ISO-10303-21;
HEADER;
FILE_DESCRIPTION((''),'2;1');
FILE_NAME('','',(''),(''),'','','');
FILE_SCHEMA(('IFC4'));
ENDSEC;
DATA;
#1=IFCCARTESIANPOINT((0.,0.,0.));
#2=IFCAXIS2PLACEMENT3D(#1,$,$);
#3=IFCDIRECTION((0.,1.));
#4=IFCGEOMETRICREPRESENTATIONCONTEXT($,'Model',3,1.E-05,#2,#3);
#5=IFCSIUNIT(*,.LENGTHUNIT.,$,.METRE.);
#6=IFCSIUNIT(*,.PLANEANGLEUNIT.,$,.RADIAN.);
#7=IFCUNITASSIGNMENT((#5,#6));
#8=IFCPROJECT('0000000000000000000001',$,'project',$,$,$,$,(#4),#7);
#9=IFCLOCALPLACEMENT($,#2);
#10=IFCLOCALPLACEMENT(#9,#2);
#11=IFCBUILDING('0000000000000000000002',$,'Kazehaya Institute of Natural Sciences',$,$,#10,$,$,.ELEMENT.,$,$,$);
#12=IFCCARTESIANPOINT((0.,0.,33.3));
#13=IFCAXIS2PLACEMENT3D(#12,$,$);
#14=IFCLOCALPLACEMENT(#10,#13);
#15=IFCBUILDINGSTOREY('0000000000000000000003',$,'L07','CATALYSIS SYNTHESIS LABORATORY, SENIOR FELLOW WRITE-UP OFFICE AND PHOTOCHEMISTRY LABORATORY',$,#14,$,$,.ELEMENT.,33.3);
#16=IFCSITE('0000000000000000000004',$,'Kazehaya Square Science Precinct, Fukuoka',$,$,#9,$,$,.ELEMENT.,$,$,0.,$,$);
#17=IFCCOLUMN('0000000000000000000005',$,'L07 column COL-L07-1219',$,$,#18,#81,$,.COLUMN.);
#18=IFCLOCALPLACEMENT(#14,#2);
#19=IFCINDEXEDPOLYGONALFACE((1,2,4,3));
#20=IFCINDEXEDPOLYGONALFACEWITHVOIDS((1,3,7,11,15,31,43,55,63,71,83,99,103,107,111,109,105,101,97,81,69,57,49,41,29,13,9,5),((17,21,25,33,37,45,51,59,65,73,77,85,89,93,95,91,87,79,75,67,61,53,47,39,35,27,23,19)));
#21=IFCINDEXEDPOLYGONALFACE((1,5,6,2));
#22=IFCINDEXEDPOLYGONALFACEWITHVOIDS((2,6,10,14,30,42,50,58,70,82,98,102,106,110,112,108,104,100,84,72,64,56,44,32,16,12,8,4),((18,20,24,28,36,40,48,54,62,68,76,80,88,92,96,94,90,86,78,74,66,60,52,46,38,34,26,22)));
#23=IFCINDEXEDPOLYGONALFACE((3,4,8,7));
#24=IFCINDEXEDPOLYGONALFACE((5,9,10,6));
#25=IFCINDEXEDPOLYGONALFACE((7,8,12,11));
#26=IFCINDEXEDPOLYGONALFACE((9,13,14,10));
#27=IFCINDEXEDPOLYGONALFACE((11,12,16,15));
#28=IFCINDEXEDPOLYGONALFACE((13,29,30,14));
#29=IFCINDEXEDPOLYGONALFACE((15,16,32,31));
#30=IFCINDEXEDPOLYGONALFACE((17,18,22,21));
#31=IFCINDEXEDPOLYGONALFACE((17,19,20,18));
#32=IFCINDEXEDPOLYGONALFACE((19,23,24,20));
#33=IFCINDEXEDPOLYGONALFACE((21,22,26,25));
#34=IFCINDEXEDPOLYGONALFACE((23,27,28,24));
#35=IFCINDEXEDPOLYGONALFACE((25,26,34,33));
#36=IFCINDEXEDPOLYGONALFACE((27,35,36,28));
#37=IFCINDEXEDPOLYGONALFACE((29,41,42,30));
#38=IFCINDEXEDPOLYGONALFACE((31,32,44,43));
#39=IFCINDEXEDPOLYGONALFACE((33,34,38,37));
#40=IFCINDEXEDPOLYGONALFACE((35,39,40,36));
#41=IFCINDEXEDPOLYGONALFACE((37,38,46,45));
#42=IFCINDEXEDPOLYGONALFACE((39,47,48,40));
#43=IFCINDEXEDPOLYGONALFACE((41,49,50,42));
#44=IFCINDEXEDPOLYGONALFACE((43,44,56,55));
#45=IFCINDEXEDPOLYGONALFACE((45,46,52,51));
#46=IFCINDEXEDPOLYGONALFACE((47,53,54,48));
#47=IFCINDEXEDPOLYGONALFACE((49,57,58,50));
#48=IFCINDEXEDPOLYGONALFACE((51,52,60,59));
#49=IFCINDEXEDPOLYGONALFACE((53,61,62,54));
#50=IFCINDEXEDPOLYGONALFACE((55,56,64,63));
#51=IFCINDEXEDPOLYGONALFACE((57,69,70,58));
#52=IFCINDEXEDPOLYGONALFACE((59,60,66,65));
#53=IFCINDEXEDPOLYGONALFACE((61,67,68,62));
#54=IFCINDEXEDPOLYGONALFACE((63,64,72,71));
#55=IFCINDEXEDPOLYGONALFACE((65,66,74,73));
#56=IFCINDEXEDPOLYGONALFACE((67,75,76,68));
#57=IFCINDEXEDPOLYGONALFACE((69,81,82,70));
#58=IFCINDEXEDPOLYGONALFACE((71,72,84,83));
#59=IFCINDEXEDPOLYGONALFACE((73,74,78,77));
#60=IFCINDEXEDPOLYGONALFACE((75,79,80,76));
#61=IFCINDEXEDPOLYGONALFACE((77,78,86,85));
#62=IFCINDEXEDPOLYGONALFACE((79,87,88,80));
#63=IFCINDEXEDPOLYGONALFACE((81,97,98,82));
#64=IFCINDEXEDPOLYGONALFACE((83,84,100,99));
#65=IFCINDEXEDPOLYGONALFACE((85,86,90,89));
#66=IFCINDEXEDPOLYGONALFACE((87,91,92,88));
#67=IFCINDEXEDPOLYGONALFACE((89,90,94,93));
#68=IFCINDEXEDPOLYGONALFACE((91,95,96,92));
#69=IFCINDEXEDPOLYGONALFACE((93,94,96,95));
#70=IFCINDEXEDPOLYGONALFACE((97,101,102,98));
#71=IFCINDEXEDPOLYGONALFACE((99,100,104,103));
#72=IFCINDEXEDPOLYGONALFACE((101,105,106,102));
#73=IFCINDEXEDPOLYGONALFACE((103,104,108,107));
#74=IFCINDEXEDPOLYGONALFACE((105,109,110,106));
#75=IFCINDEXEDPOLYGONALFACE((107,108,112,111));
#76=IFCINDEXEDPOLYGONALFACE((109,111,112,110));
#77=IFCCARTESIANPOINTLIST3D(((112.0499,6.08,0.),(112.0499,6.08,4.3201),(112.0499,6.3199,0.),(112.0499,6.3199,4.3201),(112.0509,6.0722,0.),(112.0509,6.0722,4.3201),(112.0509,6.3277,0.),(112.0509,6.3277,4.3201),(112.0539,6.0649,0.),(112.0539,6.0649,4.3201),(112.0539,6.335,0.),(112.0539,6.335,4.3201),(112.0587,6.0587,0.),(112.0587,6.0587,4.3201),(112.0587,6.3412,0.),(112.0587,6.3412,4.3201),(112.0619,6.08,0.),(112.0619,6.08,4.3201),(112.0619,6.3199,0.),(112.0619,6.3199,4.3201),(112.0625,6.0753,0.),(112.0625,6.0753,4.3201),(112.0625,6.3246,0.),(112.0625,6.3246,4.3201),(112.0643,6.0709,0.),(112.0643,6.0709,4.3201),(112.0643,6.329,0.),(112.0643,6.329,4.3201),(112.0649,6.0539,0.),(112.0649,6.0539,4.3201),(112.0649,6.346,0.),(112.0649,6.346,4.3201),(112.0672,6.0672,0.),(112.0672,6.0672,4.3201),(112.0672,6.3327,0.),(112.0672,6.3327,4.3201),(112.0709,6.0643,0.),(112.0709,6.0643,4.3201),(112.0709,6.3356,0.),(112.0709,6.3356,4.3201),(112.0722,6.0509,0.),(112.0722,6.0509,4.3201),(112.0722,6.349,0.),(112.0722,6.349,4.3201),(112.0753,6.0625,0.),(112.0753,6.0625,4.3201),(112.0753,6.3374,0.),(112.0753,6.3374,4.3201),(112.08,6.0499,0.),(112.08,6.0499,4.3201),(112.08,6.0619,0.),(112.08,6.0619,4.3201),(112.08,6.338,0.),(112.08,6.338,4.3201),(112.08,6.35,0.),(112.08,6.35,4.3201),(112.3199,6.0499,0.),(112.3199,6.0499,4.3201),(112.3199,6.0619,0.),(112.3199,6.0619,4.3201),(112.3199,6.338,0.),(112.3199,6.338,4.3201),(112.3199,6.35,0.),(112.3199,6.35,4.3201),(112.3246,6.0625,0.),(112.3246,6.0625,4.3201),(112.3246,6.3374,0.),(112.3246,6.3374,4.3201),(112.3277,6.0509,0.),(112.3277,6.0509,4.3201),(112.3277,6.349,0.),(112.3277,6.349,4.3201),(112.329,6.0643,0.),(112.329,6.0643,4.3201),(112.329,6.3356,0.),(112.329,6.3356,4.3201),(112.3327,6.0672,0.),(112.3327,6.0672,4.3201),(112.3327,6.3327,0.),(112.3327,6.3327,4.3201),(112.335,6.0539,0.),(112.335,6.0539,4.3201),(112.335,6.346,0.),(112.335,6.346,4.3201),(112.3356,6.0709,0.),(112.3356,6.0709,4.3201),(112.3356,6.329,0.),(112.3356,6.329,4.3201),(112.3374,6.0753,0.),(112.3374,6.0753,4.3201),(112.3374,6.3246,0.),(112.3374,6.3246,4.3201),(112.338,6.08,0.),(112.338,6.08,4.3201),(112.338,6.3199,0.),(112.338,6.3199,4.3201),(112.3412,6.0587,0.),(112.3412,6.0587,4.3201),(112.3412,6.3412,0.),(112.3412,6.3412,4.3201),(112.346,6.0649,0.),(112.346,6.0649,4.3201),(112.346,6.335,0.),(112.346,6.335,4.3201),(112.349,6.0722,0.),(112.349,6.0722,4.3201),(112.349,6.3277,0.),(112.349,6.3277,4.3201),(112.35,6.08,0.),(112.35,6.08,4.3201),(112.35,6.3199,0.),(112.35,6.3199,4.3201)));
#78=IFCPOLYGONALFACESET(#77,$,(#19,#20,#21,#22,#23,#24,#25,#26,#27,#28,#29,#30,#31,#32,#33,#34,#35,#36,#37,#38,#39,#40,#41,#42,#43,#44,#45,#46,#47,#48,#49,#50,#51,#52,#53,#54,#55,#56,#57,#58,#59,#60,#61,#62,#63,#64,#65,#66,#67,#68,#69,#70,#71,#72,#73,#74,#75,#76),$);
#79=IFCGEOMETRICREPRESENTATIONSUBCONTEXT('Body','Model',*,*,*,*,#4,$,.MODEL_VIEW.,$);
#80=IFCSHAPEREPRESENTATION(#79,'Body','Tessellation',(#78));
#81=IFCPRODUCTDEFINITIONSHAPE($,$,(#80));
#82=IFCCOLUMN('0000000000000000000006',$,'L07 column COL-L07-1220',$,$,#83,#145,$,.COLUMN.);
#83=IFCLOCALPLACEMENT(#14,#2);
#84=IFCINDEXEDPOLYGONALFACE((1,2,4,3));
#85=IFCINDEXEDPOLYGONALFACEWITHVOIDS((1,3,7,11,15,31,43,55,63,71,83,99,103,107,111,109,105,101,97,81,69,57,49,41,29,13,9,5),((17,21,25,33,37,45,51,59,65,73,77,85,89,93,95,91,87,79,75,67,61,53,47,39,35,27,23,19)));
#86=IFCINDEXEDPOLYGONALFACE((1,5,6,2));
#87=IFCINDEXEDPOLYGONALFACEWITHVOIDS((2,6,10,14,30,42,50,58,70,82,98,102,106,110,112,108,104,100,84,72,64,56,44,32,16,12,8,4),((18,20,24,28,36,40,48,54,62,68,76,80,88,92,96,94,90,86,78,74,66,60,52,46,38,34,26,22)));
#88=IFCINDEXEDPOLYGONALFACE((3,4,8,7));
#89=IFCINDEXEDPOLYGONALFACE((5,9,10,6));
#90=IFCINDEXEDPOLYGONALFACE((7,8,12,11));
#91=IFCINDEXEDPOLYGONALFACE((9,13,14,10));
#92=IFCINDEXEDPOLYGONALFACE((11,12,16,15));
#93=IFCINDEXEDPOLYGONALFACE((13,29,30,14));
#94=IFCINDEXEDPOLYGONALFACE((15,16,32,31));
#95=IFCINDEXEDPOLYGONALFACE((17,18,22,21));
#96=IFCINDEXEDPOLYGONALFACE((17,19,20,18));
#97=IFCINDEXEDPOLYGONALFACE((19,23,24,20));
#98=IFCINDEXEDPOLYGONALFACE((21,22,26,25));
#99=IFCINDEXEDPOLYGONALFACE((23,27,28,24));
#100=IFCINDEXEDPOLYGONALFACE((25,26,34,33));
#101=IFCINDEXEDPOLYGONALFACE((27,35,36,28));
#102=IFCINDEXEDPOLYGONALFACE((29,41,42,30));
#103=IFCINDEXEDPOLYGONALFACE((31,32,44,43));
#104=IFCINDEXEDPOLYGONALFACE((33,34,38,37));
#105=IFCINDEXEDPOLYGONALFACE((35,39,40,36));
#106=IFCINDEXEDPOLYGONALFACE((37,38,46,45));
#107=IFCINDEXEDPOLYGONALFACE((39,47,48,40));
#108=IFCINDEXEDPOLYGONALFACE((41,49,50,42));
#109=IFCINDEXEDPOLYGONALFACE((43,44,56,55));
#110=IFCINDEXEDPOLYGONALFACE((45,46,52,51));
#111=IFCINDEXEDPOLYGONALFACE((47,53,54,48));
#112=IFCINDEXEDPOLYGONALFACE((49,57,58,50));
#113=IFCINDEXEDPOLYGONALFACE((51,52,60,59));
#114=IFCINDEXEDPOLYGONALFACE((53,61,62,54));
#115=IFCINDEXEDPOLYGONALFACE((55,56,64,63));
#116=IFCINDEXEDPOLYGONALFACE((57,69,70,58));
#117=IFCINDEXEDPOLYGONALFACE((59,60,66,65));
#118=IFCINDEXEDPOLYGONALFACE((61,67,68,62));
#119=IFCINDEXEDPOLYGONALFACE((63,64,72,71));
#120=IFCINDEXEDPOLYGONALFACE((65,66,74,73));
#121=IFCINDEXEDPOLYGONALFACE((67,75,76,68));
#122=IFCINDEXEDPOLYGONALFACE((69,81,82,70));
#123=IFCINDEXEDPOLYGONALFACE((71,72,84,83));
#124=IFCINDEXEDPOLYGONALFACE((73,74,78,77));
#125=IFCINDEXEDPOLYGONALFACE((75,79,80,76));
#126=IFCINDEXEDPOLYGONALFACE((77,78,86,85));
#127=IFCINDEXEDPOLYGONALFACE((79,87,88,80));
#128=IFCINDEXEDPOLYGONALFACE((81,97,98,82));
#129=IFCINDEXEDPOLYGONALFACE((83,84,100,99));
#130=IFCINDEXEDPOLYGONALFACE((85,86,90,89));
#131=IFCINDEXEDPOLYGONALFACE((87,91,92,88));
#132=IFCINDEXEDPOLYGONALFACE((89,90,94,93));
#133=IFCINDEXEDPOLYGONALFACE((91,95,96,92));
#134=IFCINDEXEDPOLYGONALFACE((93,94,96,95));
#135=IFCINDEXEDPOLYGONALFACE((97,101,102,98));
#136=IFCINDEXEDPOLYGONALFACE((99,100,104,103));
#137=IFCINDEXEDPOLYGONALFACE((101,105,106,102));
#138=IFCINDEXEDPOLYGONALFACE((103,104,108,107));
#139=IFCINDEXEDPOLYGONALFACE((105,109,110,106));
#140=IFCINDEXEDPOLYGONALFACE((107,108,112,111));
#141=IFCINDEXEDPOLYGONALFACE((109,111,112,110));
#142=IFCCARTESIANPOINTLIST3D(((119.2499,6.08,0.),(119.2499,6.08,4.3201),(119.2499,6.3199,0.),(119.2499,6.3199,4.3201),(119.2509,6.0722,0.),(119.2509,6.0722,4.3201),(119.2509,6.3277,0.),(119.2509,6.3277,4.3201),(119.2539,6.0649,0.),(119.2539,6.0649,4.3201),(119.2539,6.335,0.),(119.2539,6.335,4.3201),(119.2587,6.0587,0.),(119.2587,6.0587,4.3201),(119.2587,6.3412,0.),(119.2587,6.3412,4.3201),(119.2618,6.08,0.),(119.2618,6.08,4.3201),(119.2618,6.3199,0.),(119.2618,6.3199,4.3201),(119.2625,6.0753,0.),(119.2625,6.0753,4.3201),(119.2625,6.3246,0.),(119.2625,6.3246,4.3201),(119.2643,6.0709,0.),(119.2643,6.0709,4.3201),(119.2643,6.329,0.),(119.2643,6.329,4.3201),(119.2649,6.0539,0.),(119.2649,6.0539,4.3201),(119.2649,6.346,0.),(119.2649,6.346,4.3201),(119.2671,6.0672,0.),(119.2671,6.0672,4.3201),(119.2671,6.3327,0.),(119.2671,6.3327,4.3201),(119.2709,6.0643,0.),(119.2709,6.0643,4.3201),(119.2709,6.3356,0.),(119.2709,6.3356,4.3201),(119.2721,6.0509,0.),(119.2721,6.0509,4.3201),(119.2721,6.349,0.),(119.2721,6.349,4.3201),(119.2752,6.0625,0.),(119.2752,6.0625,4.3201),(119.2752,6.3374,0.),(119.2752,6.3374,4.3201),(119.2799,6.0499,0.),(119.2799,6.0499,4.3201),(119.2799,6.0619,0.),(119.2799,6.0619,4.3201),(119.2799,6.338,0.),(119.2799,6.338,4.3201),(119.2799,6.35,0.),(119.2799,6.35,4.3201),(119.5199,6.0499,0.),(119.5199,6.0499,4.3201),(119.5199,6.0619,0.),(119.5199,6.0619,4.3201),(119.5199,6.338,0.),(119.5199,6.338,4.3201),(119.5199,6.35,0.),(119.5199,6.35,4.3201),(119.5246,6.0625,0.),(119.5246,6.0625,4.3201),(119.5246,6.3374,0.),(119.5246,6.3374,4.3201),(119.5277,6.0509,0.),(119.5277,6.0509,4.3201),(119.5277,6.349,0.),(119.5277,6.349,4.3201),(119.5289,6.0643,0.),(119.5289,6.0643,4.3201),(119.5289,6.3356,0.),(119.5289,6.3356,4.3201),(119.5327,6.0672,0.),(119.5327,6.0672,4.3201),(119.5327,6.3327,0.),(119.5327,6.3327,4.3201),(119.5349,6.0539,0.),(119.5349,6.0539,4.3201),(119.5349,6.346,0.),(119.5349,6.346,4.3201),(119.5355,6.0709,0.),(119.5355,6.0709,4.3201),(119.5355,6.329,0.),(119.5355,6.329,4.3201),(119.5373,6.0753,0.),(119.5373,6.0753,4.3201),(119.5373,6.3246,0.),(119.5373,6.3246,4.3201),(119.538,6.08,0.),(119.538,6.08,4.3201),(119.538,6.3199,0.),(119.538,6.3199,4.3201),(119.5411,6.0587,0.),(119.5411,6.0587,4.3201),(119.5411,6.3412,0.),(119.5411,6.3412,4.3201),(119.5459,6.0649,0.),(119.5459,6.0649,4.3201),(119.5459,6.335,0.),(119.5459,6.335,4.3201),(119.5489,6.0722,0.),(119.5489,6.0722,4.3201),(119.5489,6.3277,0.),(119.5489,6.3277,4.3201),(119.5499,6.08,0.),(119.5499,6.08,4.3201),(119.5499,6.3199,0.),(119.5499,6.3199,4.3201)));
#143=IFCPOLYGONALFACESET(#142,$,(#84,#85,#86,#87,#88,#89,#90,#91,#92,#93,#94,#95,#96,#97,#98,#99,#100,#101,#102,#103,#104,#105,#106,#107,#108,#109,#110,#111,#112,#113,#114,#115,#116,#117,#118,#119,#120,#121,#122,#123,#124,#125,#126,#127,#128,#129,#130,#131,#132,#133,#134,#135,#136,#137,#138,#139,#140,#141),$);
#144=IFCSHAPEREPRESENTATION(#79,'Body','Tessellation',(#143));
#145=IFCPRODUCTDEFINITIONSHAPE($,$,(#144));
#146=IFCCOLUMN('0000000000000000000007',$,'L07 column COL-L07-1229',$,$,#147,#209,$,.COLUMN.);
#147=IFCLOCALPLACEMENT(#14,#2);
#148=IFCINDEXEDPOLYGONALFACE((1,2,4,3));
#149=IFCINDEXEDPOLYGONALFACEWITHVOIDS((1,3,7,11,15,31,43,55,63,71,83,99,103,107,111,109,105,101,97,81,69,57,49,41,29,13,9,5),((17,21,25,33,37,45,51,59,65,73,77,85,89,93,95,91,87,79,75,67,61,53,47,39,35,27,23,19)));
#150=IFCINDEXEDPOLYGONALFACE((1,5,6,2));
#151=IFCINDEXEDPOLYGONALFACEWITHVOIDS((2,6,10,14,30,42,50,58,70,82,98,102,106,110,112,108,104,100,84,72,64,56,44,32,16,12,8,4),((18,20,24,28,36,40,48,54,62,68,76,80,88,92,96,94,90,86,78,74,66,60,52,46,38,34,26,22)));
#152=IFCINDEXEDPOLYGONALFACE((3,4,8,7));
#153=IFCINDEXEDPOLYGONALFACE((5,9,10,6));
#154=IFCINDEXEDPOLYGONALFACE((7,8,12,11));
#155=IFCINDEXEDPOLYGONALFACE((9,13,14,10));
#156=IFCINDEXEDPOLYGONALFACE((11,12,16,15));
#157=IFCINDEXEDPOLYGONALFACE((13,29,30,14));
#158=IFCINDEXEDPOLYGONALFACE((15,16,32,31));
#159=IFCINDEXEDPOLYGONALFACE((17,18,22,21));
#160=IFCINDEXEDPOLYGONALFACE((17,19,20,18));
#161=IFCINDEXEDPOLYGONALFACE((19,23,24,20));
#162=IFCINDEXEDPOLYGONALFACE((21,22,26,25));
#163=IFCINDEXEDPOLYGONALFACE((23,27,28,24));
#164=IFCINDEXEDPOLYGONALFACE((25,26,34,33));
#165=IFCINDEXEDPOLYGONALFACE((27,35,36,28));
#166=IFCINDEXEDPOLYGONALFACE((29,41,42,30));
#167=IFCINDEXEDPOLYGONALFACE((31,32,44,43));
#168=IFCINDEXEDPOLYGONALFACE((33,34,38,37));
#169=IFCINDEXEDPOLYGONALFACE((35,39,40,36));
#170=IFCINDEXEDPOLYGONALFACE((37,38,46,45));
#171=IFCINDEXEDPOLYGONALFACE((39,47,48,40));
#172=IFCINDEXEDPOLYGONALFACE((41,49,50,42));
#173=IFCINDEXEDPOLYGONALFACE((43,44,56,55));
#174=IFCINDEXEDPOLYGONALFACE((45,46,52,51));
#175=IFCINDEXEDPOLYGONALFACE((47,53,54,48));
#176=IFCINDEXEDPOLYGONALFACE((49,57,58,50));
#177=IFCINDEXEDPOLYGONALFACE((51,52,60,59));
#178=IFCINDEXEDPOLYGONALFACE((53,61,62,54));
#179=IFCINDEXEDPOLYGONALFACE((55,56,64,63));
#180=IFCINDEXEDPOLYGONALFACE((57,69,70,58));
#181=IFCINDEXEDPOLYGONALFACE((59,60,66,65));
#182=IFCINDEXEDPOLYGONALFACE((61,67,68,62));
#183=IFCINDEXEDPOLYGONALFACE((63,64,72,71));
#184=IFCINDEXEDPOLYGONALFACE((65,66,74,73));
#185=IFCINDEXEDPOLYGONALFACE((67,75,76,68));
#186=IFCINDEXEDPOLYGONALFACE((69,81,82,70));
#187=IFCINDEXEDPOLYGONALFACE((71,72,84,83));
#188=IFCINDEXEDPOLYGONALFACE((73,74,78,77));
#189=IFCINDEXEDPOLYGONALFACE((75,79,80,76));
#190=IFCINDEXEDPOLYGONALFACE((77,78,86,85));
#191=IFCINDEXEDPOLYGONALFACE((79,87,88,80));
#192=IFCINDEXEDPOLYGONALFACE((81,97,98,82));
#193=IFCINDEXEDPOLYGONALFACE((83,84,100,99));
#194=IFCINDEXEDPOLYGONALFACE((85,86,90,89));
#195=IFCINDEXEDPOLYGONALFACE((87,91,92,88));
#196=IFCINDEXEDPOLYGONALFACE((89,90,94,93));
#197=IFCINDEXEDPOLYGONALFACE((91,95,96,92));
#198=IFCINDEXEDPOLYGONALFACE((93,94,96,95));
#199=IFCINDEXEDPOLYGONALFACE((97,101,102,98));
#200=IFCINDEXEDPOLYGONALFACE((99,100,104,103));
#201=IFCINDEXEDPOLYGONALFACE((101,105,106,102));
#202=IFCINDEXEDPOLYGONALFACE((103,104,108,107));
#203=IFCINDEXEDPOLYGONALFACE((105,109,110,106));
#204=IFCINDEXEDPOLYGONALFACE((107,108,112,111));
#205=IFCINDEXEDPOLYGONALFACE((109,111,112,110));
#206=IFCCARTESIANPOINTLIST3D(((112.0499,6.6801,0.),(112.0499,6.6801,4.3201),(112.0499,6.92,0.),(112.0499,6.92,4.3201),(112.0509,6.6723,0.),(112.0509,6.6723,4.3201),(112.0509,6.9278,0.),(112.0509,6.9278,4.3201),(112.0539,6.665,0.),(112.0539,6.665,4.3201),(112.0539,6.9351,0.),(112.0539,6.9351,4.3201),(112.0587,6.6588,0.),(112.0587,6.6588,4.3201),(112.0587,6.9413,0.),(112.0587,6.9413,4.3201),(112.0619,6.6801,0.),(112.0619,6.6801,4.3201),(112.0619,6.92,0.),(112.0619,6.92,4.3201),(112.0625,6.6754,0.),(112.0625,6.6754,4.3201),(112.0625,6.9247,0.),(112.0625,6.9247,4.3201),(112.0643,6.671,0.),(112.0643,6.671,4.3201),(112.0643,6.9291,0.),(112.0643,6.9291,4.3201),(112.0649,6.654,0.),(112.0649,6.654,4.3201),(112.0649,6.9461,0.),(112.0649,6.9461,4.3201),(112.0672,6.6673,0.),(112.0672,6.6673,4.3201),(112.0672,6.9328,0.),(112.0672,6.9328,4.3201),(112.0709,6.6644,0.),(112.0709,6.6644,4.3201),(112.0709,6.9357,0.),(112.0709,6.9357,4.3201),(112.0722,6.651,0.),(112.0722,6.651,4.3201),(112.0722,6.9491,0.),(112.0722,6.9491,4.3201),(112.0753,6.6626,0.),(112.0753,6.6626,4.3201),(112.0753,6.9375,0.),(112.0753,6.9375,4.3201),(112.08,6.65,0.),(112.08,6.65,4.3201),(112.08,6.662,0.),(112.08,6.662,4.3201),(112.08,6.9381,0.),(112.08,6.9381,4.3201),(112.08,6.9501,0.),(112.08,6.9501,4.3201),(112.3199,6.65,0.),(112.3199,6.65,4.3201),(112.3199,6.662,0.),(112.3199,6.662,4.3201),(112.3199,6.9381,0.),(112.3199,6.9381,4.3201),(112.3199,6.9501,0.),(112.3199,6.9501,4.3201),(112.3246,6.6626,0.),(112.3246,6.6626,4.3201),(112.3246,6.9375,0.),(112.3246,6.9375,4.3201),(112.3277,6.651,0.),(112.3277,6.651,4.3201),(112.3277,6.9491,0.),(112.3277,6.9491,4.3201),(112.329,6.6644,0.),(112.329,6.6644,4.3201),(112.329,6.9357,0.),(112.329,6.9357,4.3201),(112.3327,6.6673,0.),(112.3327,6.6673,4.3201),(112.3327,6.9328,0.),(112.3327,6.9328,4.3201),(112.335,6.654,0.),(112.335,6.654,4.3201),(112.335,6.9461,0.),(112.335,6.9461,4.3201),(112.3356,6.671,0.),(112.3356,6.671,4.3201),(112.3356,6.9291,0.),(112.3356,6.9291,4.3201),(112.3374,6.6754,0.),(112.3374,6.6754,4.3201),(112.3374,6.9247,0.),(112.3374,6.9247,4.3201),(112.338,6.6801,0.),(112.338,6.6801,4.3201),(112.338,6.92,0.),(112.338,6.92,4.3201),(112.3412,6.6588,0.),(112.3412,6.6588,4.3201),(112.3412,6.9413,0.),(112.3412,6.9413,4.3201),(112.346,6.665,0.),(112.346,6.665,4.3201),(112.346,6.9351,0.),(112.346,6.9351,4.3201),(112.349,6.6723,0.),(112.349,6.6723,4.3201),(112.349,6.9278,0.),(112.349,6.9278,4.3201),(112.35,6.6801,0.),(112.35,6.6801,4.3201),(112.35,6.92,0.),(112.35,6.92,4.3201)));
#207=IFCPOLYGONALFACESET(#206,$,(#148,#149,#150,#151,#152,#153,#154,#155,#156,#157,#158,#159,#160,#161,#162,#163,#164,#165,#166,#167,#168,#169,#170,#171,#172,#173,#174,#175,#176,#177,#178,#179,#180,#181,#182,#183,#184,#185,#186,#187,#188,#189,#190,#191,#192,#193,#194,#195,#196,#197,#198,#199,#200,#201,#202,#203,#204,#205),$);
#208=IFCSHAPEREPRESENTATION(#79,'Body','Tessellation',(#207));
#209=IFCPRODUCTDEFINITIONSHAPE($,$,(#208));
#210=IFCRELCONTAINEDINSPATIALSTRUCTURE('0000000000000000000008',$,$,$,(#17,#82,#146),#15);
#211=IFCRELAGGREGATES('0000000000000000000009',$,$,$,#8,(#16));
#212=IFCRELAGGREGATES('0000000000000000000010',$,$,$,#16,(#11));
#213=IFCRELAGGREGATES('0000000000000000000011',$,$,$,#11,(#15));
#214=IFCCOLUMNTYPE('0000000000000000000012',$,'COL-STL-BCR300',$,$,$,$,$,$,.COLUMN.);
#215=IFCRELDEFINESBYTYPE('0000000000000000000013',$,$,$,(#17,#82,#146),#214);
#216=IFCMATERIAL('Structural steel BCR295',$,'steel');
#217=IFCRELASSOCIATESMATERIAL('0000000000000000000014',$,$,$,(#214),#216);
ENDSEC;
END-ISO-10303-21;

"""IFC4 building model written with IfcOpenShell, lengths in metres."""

from ifc_helpers import new_model, si_unit, direction, frame, origin, origin_2d, place, context, subcontext, project, spatial, hollow_rectangle, extrude, material, material_profile, profile_set, type_object, element, save


model = new_model("IFC4")

# Units and contexts
model_context = context("Model", 3, precision=1e-05, world=origin(), true_north=direction((0.0, 1.0)))
body_context = subcontext(model_context, "Body", "Model", "MODEL_VIEW")
ifc_project = project(units=[si_unit("LENGTHUNIT", "METRE"), si_unit("PLANEANGLEUNIT", "RADIAN")], contexts=[model_context])

# Site, building, storey
site_placement = place(None, origin())
site = spatial("IfcSite", under=ifc_project, at=site_placement, Name="Kazehaya Square Science Precinct, Fukuoka", CompositionType="ELEMENT", RefElevation=0.0)
building_placement = place(site_placement, origin())
building = spatial("IfcBuilding", under=site, at=building_placement, Name="Kazehaya Institute of Natural Sciences", CompositionType="ELEMENT")
storey_placement = place(building_placement, frame((0.0, 0.0, 33.3)))
storey = spatial("IfcBuildingStorey", under=building, at=storey_placement, Name="L07", Description="CATALYSIS SYNTHESIS LABORATORY, SENIOR FELLOW WRITE-UP OFFICE AND PHOTOCHEMISTRY LABORATORY", CompositionType="ELEMENT", Elevation=33.3)

# Columns
ifc_material_1 = material(Name="Structural steel BCR295", Category="steel")
ifc_material_profile_1 = material_profile(ifc_material_1, hollow_rectangle(XDim=0.3, YDim=0.3, WallThickness=0.012, InnerFilletRadius=0.0181, OuterFilletRadius=0.03, at=origin_2d()), Name="BCR-300x300x12")
ifc_profile_set_1 = profile_set([ifc_material_profile_1], Name="Structural steel BCR295")
column_type = type_object("IfcColumnType", Name="COL-STL-BCR300", PredefinedType="COLUMN", material=ifc_profile_set_1)
for number, where, z_axis, x_axis, name in (
    (1, (112.2, 6.2, 0.0), (0.0, 0.0, 1.0), (1.0, 0.0, 0.0), "L07 column COL-L07-1219"),
    (2, (119.3999, 6.2, 0.0), (0.0, 0.0, 1.0), (1.0, 0.0, 0.0), "L07 column COL-L07-1220"),
    (3, (112.2, 6.8, 0.0), (0.0, 0.0, 1.0), (1.0, 0.0, 0.0), "L07 column COL-L07-1229"),
):
    element("IfcColumn", number, at=place(storey_placement, frame(where, z_axis=z_axis, x_axis=x_axis)), inside=storey, type_object=column_type, Name=name, PredefinedType="COLUMN", context=body_context, shape_type="SweptSolid", body=[
        extrude(hollow_rectangle(XDim=0.3, YDim=0.3, WallThickness=0.012, InnerFilletRadius=0.0181, OuterFilletRadius=0.03, at=origin_2d()), origin(), (0.0, 0.0, 1.0), 4.3201),
    ])

save(model, "model.ifc")
